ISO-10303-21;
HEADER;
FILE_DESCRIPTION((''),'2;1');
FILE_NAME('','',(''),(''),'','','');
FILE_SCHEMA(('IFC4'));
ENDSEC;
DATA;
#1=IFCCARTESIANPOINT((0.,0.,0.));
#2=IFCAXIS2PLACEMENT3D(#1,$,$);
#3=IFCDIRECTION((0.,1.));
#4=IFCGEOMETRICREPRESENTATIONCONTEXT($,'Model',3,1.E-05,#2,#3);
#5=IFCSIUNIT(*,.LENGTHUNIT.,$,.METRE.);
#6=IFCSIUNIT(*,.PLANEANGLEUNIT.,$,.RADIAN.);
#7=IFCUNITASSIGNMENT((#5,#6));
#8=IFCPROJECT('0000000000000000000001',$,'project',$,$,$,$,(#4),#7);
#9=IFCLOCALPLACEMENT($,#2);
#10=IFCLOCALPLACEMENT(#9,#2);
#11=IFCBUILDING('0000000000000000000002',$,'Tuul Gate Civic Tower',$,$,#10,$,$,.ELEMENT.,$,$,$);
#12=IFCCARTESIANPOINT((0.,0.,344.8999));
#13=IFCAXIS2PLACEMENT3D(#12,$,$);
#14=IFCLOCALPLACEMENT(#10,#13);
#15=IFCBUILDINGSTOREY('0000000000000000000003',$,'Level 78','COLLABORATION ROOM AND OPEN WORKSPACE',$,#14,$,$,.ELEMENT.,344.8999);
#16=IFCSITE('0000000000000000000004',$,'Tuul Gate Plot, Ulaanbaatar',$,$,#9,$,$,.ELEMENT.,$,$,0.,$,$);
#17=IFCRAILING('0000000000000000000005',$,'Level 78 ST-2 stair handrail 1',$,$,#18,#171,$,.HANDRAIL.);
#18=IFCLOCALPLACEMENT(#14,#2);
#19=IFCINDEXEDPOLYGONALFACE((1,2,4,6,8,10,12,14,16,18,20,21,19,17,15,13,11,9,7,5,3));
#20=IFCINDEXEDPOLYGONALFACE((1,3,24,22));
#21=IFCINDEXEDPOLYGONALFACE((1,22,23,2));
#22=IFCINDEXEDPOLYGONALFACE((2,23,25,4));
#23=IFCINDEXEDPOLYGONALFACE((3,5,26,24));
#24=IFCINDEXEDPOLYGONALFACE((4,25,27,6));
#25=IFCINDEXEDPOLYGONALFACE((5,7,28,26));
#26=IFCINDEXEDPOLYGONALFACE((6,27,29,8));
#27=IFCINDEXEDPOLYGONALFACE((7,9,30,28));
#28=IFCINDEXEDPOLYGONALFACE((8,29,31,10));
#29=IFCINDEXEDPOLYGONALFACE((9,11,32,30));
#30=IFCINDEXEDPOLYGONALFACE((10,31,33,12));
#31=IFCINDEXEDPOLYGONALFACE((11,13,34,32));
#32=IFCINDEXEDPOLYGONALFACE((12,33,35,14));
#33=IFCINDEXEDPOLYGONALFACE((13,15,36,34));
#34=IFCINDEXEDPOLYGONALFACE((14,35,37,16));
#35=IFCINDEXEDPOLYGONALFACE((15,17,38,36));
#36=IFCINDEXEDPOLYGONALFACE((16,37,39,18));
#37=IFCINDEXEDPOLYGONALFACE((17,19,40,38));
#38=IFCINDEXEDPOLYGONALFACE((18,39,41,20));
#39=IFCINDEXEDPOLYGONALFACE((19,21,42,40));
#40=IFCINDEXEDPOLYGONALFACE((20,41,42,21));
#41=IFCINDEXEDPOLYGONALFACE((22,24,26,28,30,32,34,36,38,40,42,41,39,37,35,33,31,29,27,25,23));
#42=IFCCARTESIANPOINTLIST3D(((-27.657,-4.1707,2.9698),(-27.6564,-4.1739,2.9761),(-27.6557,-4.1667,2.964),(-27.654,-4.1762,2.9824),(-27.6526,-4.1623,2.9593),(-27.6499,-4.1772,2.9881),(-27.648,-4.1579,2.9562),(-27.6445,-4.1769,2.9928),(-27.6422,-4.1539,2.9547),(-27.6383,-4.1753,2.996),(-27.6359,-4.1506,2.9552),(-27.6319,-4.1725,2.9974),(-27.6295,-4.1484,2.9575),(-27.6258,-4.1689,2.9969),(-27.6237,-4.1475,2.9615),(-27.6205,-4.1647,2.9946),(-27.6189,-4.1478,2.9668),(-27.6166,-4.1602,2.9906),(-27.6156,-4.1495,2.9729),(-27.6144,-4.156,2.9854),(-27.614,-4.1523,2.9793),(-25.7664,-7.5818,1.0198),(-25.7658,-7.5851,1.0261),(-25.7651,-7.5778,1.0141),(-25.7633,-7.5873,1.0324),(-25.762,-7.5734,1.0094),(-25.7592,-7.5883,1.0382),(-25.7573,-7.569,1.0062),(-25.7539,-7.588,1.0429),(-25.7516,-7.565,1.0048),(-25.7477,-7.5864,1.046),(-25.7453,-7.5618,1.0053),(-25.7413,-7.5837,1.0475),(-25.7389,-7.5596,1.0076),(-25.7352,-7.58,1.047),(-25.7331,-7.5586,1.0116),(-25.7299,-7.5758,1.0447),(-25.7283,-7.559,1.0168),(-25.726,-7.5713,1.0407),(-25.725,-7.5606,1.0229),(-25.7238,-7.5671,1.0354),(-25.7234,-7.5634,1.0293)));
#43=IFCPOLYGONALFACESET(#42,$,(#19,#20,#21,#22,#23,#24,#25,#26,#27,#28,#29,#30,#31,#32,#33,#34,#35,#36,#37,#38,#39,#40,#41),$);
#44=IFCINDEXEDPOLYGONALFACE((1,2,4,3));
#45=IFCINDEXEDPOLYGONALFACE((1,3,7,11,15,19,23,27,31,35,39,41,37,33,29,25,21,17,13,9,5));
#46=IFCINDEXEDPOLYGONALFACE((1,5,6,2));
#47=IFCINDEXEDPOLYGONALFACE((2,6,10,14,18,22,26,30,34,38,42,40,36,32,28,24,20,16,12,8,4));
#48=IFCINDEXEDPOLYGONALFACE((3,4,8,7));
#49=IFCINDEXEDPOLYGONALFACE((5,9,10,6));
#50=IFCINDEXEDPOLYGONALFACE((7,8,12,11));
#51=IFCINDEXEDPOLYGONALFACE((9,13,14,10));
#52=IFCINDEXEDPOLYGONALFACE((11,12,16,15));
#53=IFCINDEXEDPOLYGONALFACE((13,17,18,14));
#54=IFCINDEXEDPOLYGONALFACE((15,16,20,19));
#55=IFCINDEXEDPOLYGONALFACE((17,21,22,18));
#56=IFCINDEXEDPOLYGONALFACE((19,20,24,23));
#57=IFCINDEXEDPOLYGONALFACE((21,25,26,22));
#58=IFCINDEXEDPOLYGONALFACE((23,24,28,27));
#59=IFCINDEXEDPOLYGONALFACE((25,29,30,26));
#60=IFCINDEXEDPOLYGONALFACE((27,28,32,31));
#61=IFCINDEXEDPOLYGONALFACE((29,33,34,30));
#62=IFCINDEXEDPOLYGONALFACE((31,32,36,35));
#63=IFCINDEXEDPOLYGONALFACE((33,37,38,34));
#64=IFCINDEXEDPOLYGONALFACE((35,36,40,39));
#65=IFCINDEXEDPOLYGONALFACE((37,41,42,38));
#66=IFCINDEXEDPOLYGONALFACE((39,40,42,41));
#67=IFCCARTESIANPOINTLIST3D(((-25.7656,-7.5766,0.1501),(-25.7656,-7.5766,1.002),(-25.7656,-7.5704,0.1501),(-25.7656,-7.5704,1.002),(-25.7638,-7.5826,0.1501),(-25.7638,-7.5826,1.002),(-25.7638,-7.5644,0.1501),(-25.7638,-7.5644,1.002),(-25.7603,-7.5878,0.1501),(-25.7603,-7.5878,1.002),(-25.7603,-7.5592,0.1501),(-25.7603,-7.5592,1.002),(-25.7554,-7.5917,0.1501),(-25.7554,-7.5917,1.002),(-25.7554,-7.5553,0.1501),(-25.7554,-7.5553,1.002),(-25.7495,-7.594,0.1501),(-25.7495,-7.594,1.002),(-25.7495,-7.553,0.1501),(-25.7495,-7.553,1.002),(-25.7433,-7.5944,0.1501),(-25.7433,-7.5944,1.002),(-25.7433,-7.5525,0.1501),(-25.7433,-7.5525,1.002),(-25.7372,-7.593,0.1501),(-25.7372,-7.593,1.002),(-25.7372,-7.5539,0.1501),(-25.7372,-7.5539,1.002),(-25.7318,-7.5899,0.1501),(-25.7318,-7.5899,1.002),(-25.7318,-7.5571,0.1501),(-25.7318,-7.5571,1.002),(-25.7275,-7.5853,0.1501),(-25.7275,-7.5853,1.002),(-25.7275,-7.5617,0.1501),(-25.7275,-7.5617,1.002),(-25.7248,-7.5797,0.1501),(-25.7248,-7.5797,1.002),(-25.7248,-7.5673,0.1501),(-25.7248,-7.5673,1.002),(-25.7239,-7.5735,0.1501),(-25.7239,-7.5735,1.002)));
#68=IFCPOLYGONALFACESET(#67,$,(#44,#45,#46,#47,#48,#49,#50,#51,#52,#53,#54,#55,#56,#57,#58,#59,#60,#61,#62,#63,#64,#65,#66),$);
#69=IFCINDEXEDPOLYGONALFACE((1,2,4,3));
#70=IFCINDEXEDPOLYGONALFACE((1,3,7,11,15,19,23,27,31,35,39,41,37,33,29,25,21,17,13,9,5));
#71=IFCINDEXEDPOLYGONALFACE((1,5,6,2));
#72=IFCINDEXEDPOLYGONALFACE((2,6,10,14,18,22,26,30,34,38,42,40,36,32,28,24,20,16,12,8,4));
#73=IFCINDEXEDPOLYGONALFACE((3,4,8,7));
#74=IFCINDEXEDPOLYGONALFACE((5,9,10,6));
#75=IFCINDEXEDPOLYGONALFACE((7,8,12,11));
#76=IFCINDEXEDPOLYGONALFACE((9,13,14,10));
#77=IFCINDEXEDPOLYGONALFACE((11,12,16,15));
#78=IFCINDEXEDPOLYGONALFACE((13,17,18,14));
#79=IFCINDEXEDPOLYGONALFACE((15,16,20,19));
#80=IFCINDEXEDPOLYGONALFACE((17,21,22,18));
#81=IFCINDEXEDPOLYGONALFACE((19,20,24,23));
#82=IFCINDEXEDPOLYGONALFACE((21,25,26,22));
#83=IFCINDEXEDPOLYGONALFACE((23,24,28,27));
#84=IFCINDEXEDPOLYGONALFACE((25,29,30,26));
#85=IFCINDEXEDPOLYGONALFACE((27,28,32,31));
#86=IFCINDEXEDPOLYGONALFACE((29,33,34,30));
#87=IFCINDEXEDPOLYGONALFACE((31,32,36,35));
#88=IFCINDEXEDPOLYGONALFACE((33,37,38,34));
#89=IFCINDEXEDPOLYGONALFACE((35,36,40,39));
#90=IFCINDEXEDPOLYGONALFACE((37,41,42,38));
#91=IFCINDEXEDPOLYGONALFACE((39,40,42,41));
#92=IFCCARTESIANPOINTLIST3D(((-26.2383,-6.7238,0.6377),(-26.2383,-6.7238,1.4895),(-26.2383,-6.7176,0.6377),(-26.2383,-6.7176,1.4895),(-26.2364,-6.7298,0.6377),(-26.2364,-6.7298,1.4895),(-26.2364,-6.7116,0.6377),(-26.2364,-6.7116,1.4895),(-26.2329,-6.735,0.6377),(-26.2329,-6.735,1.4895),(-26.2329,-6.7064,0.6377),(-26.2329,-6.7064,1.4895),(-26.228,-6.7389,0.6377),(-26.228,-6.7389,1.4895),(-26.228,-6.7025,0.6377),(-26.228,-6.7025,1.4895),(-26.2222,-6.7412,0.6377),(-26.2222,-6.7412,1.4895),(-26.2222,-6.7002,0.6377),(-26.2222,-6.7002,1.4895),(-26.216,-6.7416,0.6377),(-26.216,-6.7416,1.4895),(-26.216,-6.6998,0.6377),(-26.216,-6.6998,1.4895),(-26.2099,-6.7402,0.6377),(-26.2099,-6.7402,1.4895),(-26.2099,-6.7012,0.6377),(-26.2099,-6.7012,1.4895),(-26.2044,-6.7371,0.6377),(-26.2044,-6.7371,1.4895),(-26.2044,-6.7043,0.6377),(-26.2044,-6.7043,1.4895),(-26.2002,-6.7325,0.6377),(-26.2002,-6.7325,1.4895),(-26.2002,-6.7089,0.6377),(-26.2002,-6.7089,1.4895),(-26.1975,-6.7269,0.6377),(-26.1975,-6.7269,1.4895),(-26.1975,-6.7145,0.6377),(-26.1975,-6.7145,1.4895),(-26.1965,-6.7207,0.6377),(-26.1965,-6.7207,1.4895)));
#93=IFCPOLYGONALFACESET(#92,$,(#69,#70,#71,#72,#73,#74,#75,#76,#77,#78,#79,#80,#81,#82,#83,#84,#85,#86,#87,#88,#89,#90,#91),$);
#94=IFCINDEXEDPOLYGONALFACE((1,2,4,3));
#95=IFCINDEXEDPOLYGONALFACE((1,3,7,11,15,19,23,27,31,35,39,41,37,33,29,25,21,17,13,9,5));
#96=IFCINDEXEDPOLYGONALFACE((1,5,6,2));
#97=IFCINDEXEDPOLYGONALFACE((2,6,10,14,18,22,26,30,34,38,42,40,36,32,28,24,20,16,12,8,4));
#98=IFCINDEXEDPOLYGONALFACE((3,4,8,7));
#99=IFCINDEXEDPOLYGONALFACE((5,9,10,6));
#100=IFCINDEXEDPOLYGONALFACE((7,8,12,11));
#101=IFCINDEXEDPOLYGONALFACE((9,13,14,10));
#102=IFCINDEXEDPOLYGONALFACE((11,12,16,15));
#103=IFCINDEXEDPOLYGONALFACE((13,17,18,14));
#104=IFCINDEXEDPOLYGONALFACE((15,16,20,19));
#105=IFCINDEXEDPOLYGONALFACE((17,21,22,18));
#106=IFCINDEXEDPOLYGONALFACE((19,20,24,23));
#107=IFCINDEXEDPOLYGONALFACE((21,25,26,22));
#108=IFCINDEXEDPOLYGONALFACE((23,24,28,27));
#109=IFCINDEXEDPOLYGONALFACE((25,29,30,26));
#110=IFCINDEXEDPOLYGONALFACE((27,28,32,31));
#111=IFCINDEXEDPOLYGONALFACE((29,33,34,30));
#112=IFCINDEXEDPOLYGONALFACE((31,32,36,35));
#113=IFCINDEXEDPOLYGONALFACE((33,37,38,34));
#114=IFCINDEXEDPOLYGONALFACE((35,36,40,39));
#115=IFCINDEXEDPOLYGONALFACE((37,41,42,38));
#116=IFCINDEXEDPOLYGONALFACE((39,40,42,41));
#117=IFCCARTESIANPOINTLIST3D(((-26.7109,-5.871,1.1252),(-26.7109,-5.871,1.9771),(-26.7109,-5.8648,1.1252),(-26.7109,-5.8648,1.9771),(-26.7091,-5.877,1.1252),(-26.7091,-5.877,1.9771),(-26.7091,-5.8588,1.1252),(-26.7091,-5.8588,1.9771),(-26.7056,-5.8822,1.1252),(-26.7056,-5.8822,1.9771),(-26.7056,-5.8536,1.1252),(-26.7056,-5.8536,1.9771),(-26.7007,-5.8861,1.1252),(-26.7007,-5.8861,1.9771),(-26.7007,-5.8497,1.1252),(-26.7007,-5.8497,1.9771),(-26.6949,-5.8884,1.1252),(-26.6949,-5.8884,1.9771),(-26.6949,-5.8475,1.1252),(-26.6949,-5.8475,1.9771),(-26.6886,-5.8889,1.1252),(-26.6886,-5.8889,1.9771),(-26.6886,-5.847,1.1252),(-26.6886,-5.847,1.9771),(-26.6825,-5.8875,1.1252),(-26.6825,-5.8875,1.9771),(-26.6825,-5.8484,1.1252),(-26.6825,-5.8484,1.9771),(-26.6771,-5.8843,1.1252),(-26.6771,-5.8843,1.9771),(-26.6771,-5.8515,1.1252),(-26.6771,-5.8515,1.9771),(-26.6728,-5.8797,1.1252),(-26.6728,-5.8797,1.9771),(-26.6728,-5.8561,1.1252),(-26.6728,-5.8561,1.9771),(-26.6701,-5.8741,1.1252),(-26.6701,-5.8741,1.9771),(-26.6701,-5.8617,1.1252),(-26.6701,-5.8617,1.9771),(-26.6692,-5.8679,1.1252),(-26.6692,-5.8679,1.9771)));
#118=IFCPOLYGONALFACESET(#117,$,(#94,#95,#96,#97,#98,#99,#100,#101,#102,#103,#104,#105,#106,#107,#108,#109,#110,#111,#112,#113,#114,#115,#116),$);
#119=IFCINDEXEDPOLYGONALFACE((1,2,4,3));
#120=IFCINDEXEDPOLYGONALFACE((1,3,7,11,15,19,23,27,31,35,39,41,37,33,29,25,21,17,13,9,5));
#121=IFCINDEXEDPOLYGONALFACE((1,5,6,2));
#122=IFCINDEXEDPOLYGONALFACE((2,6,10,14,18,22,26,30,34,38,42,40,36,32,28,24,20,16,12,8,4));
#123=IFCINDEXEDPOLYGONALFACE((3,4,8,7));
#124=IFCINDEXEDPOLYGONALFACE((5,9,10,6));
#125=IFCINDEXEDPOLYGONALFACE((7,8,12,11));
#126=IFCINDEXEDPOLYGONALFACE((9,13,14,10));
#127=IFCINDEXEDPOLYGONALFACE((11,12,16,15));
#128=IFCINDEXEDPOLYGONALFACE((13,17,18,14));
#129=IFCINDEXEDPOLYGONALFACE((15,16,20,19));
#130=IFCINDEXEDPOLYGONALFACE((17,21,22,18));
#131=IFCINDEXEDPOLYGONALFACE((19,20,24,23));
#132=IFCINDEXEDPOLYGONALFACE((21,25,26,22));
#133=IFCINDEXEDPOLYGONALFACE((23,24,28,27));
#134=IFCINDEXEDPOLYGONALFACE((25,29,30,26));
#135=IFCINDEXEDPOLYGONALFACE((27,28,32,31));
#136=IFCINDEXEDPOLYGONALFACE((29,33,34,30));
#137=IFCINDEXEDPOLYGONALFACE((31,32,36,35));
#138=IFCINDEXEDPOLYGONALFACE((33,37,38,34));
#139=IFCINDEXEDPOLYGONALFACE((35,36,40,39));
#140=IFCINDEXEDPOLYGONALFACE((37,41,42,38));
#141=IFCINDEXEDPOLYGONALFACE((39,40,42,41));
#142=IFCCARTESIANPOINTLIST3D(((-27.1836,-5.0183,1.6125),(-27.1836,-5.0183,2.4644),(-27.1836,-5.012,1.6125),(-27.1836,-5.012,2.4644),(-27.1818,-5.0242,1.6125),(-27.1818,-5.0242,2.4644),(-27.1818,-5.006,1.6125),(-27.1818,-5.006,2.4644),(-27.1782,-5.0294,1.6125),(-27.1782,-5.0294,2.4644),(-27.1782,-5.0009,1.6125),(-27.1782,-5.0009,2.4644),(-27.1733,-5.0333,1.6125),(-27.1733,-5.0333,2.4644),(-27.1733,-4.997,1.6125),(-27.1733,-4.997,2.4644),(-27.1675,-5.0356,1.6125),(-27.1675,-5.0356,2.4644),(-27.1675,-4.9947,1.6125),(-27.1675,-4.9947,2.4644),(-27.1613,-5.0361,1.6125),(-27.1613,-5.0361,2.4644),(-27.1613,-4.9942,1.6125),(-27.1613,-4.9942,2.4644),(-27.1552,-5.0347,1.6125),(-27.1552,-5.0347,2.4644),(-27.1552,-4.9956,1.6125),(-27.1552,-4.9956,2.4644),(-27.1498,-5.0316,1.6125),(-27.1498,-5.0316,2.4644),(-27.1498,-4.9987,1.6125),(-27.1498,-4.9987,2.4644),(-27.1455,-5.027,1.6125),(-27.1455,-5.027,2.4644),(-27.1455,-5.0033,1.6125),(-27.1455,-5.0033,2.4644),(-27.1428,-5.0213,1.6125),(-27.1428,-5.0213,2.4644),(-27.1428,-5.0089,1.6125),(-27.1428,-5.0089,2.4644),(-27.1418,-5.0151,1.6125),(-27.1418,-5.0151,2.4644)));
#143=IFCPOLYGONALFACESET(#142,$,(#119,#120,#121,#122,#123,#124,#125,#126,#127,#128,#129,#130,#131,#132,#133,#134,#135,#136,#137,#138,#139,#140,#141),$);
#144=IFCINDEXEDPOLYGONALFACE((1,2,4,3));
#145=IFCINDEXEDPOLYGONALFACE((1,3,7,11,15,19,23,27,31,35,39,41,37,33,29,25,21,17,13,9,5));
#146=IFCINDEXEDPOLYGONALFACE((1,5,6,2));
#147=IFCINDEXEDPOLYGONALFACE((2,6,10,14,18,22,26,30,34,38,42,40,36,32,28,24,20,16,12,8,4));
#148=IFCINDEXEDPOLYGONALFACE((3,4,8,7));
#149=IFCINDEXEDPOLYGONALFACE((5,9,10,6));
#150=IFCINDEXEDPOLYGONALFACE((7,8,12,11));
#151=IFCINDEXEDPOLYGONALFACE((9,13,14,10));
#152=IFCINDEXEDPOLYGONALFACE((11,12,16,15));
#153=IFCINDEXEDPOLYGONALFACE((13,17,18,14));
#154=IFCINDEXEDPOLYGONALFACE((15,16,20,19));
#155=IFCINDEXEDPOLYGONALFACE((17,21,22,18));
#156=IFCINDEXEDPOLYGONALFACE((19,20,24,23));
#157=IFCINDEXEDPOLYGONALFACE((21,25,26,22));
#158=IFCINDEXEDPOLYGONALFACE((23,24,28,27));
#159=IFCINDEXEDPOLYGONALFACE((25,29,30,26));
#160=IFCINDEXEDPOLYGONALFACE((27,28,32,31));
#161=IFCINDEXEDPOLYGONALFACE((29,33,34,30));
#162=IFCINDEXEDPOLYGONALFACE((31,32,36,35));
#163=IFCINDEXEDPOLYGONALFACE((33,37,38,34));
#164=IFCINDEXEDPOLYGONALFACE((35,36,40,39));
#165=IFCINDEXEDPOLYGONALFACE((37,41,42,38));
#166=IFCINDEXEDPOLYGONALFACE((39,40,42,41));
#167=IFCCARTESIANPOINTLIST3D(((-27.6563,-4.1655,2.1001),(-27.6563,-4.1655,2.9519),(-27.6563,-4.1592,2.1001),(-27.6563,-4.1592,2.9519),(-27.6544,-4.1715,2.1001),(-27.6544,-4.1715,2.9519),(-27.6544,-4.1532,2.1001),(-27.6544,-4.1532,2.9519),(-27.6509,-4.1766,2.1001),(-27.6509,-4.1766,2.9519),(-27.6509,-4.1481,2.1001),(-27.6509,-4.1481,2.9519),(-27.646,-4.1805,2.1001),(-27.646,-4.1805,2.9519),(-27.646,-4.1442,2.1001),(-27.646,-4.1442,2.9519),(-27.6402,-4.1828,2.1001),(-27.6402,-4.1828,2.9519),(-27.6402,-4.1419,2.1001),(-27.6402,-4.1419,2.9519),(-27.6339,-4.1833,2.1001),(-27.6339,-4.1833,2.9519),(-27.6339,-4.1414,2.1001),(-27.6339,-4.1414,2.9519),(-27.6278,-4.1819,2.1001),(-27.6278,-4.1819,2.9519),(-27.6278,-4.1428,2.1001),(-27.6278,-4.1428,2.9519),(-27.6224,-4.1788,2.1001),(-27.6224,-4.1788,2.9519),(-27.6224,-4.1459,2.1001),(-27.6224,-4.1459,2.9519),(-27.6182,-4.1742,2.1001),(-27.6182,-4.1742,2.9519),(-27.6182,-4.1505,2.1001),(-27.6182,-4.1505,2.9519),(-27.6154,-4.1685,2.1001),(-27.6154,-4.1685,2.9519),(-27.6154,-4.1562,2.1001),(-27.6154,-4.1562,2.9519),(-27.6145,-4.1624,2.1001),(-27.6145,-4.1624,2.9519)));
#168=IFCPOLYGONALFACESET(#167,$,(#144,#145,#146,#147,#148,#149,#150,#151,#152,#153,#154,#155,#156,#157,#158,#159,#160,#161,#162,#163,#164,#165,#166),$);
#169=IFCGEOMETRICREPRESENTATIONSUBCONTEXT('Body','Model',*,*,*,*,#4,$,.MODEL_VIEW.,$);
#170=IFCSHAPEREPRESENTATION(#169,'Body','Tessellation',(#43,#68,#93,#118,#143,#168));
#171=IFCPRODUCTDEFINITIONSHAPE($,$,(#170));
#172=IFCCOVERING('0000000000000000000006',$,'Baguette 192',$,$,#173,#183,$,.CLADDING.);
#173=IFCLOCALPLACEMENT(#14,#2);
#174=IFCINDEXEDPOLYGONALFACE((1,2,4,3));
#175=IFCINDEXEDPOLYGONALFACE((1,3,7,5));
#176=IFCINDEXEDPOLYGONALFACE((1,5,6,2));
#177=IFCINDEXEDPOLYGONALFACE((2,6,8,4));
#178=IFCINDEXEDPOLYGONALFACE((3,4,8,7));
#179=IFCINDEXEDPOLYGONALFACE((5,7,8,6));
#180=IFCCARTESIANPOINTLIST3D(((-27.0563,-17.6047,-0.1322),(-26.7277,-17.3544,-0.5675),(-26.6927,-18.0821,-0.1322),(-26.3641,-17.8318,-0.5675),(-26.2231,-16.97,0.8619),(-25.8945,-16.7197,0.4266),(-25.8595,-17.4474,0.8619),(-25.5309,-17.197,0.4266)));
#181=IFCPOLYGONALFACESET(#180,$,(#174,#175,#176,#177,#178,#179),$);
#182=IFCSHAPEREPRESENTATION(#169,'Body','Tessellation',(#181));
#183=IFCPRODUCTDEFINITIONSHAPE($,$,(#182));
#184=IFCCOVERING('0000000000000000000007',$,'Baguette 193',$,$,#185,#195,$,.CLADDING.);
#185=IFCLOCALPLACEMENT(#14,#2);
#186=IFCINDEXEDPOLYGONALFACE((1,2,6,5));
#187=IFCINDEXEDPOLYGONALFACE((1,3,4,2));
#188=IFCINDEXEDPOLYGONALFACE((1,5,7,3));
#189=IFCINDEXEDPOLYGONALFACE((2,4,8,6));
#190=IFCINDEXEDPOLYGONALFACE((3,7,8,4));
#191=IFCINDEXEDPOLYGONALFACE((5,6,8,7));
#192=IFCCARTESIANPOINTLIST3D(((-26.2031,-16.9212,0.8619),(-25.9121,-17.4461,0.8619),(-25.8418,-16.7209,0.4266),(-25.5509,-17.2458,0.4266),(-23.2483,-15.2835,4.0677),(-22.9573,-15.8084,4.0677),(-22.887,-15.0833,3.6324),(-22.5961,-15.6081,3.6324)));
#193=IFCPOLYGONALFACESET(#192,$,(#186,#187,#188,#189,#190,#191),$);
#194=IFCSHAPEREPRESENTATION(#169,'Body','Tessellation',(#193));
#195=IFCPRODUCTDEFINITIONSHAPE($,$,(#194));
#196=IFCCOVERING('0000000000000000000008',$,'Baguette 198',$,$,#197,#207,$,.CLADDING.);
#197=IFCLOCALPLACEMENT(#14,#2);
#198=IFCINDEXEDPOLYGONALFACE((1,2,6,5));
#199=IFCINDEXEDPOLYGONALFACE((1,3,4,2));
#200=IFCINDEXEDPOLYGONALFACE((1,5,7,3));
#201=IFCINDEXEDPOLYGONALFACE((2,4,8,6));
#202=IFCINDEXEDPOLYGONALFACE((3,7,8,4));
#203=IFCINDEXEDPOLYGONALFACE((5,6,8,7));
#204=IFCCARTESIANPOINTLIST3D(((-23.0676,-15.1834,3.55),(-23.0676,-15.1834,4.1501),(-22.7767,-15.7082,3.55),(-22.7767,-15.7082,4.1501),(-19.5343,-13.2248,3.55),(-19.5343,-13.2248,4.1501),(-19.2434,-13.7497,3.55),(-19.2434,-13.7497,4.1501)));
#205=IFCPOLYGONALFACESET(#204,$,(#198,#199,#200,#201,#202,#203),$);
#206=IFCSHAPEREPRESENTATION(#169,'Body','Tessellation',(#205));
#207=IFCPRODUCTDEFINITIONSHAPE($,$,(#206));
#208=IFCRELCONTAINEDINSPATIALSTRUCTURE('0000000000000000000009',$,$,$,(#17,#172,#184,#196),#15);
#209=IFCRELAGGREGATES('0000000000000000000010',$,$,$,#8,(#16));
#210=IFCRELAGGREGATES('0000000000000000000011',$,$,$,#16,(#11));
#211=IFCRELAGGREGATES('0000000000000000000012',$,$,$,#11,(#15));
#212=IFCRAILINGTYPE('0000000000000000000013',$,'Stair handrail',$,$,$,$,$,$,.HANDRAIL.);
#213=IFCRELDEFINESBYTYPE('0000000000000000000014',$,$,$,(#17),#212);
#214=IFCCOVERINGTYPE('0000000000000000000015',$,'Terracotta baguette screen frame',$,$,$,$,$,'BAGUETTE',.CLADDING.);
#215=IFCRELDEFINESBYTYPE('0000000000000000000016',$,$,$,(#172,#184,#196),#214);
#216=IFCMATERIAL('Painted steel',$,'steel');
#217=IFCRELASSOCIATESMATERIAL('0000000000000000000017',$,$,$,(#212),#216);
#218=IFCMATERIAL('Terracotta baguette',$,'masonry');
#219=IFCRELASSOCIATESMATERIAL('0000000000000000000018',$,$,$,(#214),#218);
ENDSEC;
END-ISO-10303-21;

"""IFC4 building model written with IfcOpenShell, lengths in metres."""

from ifc_helpers import new_model, si_unit, direction, frame, origin, origin_2d, place, context, subcontext, project, spatial, rectangle, circle, extrude, material, material_profile, profile_set, type_object, element, save


model = new_model("IFC4")

# Units and contexts
model_context = context("Model", 3, precision=1e-05, world=origin(), true_north=direction((0.0, 1.0)))
body_context = subcontext(model_context, "Body", "Model", "MODEL_VIEW")
ifc_project = project(units=[si_unit("LENGTHUNIT", "METRE"), si_unit("PLANEANGLEUNIT", "RADIAN")], contexts=[model_context])

# Site, building, storey
site_placement = place(None, origin())
site = spatial("IfcSite", under=ifc_project, at=site_placement, Name="Tuul Gate Plot, Ulaanbaatar", CompositionType="ELEMENT", RefElevation=0.0)
building_placement = place(site_placement, origin())
building = spatial("IfcBuilding", under=site, at=building_placement, Name="Tuul Gate Civic Tower", CompositionType="ELEMENT")
storey_placement = place(building_placement, frame((0.0, 0.0, 344.8999)))
storey = spatial("IfcBuildingStorey", under=building, at=storey_placement, Name="Level 78", Description="COLLABORATION ROOM AND OPEN WORKSPACE", CompositionType="ELEMENT", Elevation=344.8999)

# Railing
ifc_material_1 = material(Name="Painted steel", Category="steel")
railing_type_1 = type_object("IfcRailingType", Name="Stair handrail", PredefinedType="HANDRAIL", material=ifc_material_1)
railing_1_placement = place(storey_placement, frame((-25.7449, -7.5735, 0.1501)))
element("IfcRailing", 1, at=railing_1_placement, inside=storey, type_object=railing_type_1, Name="Level 78 ST-2 stair handrail 1", PredefinedType="HANDRAIL", context=body_context, shape_type="SweptSolid", body=[
    extrude(circle(Radius=0.0239, at=origin_2d()), frame((0.0, 0.0, 0.876), z_axis=(-0.433595, 0.782308, 0.447201), x_axis=(-0.874641, -0.484771, 0.0)), (0.0, 0.0, 1.0), 4.3604),
    extrude(circle(Radius=0.021, at=origin_2d()), origin(), (0.0, 0.0, 1.0), 0.8518),
    extrude(circle(Radius=0.021, at=origin_2d()), frame((-0.4727, 0.8528, 0.4875)), (0.0, 0.0, 1.0), 0.8518),
    extrude(circle(Radius=0.021, at=origin_2d()), frame((-0.9453, 1.7056, 0.9751)), (0.0, 0.0, 1.0), 0.8518),
    extrude(circle(Radius=0.021, at=origin_2d()), frame((-1.418, 2.5583, 1.4624)), (0.0, 0.0, 1.0), 0.8518),
    extrude(circle(Radius=0.021, at=origin_2d()), frame((-1.8906, 3.4111, 1.95)), (0.0, 0.0, 1.0), 0.8518),
])

# Coverings
ifc_material_2 = material(Name="Terracotta baguette", Category="masonry")
ifc_material_profile_1 = material_profile(ifc_material_2, rectangle(XDim=0.6001, YDim=0.6001, at=origin_2d()), Name="Terracotta baguette screen frame")
ifc_profile_set_1 = profile_set([ifc_material_profile_1], Name="Terracotta baguette")
covering_type = type_object("IfcCoveringType", Name="Terracotta baguette screen frame", ElementType="BAGUETTE", PredefinedType="CLADDING", material=ifc_profile_set_1)
covering_1_placement = place(storey_placement, frame((-26.7102, -17.7183, -0.3499), z_axis=(0.576987, 0.439545, 0.688394), x_axis=(-0.605987, 0.795475, 0.0)))
element("IfcCovering", 2, at=covering_1_placement, inside=storey, type_object=covering_type, Name="Baguette 192", PredefinedType="CLADDING", context=body_context, shape_type="SweptSolid", body=[
    extrude(rectangle(XDim=0.6001, YDim=0.6001, at=origin_2d()), origin(), (0.0, 0.0, 1.0), 1.4441),
])
covering_2_placement = place(storey_placement, frame((-25.877, -17.0835, 0.6443), z_axis=(0.634454, 0.351642, 0.688343), x_axis=(-0.484765, 0.874644, 0.0)))
element("IfcCovering", 3, at=covering_2_placement, inside=storey, type_object=covering_type, Name="Baguette 193", PredefinedType="CLADDING", context=body_context, shape_type="SweptSolid", body=[
    extrude(rectangle(XDim=0.6001, YDim=0.6001, at=origin_2d()), origin(), (0.0, 0.0, 1.0), 4.6572),
])
covering_3_placement = place(storey_placement, frame((-22.9221, -15.4458, 3.8501), z_axis=(0.874619, 0.484811, 0.0), x_axis=(-0.484811, 0.874619, 0.0)))
element("IfcCovering", 4, at=covering_3_placement, inside=storey, type_object=covering_type, Name="Baguette 198", PredefinedType="CLADDING", context=body_context, shape_type="SweptSolid", body=[
    extrude(rectangle(XDim=0.6001, YDim=0.6001, at=origin_2d()), origin(), (0.0, 0.0, 1.0), 4.0398),
])

save(model, "model.ifc")
